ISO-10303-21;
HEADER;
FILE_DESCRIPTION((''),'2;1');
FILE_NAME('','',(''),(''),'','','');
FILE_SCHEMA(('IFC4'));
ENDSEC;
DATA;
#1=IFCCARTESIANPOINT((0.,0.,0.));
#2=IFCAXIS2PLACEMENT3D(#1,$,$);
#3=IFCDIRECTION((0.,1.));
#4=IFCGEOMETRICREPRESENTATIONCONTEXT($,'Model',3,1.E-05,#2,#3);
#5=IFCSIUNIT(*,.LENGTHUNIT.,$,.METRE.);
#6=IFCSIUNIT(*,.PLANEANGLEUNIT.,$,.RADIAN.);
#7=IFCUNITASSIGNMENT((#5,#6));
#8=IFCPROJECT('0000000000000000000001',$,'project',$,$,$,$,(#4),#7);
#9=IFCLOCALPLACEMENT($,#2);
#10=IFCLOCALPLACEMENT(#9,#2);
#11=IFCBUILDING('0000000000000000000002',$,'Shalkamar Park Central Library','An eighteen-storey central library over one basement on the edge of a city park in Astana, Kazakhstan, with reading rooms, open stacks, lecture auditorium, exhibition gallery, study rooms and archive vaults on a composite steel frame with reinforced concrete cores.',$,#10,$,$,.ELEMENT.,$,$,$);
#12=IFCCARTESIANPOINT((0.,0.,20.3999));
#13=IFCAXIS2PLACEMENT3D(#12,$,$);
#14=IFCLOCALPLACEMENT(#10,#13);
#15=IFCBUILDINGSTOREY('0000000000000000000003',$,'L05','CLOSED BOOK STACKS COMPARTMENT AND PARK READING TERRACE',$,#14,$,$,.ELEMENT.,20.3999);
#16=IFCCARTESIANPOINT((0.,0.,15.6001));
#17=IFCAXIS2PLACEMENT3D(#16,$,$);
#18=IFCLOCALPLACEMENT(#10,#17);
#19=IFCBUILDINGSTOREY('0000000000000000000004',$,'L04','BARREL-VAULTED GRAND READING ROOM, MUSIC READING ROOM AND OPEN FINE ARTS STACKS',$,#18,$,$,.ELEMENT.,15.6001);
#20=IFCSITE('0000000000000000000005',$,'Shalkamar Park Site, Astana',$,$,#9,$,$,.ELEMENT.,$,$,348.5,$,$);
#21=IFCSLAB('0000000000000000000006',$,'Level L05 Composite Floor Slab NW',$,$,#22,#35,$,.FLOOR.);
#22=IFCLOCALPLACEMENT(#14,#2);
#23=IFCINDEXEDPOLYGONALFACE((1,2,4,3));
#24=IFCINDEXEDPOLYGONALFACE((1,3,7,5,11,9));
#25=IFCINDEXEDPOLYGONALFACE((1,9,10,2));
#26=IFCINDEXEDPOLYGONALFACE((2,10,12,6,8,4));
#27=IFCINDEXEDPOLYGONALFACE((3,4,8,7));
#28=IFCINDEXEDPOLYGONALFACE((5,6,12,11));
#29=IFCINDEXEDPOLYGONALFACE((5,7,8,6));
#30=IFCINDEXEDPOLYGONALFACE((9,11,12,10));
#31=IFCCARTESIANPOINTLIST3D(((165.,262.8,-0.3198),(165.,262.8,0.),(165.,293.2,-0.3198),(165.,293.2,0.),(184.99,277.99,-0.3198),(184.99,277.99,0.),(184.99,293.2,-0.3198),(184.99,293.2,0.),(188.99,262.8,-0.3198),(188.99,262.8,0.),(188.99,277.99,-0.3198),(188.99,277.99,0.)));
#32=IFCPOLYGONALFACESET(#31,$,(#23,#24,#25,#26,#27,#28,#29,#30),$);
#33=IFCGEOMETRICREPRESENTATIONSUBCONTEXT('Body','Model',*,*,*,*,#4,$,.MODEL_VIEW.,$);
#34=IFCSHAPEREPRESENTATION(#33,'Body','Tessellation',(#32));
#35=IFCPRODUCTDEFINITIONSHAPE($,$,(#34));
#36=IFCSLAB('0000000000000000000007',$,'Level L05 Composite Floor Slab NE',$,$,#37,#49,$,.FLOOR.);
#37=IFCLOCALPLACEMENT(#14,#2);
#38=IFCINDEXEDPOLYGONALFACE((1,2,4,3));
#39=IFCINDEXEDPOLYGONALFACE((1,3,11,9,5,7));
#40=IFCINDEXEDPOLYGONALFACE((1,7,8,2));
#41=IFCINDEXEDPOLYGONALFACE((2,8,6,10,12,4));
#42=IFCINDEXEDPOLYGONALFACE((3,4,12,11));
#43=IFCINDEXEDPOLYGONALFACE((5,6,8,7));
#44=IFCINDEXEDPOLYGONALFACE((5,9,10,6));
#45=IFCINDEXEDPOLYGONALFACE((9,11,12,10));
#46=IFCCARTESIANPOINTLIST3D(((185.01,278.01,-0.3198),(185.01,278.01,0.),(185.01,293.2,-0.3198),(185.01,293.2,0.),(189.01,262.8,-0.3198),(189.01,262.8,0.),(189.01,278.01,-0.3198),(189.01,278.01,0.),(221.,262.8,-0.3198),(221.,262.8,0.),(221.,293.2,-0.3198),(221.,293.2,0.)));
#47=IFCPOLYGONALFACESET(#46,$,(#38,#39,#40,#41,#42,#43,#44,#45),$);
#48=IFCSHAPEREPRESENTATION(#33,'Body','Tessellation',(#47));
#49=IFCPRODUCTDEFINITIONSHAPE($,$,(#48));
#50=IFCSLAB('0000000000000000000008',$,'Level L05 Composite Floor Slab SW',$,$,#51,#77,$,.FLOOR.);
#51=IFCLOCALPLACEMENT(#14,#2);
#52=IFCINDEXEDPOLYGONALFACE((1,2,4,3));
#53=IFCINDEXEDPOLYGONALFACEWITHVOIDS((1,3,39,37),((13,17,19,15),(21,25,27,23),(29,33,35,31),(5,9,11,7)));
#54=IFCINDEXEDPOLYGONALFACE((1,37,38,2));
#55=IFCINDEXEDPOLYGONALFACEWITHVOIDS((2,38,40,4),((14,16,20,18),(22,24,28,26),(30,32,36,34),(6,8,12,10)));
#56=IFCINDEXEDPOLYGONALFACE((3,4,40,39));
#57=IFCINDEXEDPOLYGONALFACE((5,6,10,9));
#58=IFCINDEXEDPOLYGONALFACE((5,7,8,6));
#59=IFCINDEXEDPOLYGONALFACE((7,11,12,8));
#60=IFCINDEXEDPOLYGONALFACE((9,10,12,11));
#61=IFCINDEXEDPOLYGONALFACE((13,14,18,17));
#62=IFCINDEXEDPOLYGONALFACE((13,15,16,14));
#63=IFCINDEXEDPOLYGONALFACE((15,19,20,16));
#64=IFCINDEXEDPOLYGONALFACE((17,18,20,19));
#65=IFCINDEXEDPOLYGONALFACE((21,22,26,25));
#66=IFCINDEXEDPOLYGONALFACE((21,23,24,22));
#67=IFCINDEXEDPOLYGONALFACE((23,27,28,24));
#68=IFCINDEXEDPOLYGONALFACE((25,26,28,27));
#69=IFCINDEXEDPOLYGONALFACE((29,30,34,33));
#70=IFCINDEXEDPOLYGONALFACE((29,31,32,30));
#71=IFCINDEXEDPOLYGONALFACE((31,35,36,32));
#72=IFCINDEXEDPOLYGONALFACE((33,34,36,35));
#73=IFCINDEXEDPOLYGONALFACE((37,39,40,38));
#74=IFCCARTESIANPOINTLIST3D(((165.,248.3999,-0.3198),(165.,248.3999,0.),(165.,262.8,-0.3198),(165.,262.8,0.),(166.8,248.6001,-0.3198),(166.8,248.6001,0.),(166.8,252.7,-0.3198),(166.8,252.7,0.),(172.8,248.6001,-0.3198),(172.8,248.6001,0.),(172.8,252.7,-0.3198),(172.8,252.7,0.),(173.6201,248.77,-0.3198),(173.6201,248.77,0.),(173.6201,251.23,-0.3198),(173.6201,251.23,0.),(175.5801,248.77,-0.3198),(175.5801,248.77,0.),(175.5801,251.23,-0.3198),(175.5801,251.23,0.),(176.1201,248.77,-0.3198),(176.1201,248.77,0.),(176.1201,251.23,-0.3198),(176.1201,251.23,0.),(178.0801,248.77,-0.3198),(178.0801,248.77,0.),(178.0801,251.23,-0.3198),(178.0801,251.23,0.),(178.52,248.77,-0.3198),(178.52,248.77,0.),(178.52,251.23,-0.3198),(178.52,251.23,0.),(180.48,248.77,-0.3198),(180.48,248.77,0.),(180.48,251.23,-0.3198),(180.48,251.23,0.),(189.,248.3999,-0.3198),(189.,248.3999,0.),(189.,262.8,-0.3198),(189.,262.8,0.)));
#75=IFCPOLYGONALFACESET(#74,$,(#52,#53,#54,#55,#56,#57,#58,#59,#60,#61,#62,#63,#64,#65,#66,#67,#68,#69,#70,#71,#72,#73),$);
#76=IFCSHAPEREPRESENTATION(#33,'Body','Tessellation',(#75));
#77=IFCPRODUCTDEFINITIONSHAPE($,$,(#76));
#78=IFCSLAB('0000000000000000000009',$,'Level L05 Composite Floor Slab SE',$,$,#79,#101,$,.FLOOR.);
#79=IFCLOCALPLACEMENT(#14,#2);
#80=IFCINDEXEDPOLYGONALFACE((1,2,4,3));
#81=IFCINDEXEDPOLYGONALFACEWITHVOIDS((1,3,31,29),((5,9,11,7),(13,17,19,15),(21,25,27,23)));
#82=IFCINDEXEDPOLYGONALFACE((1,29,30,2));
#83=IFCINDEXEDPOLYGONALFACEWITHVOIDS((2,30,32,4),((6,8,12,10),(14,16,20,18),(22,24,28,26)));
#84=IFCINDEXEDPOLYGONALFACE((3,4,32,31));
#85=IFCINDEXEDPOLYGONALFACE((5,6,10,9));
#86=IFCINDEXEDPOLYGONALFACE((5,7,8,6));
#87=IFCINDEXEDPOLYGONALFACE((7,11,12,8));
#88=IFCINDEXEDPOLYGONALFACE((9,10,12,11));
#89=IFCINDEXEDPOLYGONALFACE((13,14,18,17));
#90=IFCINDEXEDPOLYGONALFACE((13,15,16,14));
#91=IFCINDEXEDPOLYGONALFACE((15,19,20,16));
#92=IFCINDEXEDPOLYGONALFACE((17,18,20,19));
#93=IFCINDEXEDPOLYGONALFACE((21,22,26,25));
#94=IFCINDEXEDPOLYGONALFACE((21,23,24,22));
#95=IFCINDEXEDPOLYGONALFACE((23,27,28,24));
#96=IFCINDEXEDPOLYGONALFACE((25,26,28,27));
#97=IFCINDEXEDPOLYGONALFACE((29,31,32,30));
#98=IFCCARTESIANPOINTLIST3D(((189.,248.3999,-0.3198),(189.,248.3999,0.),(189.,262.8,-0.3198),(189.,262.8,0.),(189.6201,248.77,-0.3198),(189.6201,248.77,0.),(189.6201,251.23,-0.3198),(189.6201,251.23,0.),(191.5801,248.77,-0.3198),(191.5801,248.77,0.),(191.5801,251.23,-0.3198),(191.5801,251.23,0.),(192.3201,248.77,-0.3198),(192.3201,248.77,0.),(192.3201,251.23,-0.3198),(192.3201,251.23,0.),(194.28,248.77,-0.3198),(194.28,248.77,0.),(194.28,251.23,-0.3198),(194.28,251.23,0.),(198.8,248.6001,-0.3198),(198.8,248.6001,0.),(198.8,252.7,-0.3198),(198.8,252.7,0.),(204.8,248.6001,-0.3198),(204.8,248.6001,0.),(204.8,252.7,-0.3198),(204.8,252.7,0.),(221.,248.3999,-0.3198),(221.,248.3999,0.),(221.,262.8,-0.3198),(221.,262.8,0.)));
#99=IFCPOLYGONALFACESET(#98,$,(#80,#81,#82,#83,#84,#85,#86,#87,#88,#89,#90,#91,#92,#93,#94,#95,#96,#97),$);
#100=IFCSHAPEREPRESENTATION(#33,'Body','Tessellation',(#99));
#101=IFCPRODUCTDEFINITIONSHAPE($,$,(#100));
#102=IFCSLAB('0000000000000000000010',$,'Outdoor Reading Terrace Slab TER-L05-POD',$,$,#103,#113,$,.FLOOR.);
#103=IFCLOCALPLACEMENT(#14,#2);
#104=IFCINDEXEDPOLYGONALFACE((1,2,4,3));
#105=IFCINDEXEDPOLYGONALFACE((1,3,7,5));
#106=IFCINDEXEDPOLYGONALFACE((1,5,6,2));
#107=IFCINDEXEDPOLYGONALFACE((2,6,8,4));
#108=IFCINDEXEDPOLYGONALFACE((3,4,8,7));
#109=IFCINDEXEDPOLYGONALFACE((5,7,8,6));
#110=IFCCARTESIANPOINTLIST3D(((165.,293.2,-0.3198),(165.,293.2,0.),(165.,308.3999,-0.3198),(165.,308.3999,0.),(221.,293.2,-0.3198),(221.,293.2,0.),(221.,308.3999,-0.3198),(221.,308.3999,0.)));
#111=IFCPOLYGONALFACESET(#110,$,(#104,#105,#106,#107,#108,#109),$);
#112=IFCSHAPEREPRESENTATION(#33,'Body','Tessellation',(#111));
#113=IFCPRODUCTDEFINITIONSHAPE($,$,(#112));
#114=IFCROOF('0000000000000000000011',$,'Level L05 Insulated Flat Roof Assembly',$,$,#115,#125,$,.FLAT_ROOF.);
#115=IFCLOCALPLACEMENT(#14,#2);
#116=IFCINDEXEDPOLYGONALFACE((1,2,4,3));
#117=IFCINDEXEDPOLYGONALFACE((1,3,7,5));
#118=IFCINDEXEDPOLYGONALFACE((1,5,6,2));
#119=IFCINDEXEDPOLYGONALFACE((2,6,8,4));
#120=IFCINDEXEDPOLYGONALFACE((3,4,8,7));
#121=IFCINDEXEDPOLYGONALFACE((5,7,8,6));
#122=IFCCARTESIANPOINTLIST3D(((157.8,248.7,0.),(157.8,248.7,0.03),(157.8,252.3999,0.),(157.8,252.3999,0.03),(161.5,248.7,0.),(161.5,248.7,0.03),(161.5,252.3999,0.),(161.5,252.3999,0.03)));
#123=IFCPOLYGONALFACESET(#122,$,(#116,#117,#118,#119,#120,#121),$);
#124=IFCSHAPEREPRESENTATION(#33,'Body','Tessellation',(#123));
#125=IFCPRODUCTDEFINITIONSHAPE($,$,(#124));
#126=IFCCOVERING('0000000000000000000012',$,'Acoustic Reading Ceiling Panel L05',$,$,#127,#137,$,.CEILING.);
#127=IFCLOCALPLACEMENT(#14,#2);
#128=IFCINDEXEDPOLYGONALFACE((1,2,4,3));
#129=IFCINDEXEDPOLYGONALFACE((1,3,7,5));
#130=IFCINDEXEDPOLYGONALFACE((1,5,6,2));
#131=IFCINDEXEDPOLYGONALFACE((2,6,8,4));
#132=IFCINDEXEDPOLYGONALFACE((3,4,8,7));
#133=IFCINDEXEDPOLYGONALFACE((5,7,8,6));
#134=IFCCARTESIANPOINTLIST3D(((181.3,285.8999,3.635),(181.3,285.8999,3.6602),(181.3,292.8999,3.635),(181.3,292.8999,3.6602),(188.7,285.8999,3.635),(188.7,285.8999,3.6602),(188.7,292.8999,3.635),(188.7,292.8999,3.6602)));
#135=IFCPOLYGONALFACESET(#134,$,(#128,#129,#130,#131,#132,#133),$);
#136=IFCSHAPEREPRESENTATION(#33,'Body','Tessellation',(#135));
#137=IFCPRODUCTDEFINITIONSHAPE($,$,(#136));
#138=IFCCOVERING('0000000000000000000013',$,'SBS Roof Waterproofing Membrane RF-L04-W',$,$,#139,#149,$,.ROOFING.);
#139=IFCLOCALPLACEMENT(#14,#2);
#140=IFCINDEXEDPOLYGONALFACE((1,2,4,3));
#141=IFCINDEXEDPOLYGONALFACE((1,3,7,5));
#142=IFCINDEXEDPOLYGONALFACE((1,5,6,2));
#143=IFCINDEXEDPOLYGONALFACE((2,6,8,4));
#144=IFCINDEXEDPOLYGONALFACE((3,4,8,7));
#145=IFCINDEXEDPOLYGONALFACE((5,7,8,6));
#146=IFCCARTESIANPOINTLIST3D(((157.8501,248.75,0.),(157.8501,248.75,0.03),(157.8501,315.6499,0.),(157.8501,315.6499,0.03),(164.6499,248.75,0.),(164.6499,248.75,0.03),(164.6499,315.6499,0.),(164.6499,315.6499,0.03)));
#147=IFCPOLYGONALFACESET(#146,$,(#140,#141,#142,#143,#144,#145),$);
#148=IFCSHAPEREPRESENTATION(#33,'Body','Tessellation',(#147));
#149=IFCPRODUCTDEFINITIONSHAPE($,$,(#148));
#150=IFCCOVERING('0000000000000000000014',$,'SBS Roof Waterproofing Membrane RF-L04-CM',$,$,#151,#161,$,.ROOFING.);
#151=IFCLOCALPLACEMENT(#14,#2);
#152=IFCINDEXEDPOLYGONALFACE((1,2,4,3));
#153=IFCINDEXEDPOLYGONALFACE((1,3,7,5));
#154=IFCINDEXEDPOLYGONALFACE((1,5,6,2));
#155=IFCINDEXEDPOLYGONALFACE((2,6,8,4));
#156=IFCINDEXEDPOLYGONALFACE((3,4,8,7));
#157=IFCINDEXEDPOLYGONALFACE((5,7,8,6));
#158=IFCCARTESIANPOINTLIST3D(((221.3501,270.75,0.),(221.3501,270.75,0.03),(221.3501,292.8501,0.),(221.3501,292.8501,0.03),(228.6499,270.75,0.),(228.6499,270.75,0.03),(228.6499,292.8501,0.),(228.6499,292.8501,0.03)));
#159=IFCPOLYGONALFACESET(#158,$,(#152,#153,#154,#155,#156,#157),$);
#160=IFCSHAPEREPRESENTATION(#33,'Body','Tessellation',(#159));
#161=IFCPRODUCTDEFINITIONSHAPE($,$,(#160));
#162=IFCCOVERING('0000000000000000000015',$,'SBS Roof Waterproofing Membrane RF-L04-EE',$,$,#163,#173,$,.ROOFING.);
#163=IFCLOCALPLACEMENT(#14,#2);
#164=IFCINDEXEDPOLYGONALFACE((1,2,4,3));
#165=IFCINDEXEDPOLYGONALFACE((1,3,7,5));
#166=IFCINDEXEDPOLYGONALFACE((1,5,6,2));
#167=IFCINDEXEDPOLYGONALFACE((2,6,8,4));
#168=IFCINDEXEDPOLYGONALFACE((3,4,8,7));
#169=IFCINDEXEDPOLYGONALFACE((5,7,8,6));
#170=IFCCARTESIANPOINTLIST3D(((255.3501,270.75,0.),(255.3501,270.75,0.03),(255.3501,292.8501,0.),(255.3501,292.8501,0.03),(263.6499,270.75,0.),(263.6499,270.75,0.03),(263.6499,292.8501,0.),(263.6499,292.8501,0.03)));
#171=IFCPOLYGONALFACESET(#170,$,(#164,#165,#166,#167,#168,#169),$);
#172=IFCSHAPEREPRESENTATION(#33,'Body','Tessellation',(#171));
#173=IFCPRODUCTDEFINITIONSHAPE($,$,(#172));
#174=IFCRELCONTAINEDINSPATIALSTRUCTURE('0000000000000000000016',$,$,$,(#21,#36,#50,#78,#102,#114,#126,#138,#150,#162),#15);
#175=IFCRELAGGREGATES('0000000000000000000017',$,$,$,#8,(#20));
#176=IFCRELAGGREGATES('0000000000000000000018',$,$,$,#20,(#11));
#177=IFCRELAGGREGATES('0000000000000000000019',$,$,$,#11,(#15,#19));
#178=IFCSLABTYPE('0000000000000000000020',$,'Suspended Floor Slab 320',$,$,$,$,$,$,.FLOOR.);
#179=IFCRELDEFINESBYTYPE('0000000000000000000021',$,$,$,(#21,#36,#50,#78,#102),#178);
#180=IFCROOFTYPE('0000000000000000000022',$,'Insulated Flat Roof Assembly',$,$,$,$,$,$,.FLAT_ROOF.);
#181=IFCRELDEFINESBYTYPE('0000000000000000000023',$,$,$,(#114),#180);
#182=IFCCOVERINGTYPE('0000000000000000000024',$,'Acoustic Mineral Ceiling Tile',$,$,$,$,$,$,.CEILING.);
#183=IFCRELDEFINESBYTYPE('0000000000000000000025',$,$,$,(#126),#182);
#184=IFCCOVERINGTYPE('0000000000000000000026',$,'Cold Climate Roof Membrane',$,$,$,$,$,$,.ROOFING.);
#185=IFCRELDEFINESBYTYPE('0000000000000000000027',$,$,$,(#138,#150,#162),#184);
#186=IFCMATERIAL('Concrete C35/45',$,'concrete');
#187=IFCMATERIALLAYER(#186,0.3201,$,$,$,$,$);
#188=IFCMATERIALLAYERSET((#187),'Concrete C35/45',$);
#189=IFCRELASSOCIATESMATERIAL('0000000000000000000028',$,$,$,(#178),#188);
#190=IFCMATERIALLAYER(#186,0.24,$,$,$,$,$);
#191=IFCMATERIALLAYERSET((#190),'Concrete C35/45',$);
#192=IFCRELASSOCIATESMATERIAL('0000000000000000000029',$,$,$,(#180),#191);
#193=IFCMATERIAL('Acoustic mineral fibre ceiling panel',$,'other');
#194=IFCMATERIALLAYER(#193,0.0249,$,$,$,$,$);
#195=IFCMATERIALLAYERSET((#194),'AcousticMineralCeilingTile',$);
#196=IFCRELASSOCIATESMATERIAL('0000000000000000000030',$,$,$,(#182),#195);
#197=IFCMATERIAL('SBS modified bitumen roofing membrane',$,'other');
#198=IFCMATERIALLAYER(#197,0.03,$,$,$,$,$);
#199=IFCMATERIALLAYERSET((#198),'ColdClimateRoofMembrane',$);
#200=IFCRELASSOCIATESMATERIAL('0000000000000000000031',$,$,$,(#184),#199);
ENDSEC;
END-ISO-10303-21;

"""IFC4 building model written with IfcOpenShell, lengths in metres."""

from ifc_helpers import new_model, si_unit, direction, frame, origin, place, context, subcontext, project, spatial, polyline, outline, extrude, material, layer, layer_set, type_object, element, save


model = new_model("IFC4")

# Units and contexts
model_context = context("Model", 3, precision=1e-05, world=origin(), true_north=direction((0.0, 1.0)))
body_context = subcontext(model_context, "Body", "Model", "MODEL_VIEW")
ifc_project = project(units=[si_unit("LENGTHUNIT", "METRE"), si_unit("PLANEANGLEUNIT", "RADIAN")], contexts=[model_context])

# Site, building, storey
site_placement = place(None, origin())
site = spatial("IfcSite", under=ifc_project, at=site_placement, Name="Shalkamar Park Site, Astana", CompositionType="ELEMENT", RefElevation=348.5)
building_placement = place(site_placement, origin())
building = spatial("IfcBuilding", under=site, at=building_placement, Name="Shalkamar Park Central Library", Description="An eighteen-storey central library over one basement on the edge of a city park in Astana, Kazakhstan, with reading rooms, open stacks, lecture auditorium, exhibition gallery, study rooms and archive vaults on a composite steel frame with reinforced concrete cores.", CompositionType="ELEMENT")
storey_1_placement = place(building_placement, frame((0.0, 0.0, 20.3999)))
storey_1 = spatial("IfcBuildingStorey", under=building, at=storey_1_placement, Name="L05", Description="CLOSED BOOK STACKS COMPARTMENT AND PARK READING TERRACE", CompositionType="ELEMENT", Elevation=20.3999)

# Shared definitions
ifc_material_1 = material(Name="Concrete C35/45", Category="concrete")

# Shared definitions
storey_2_placement = place(building_placement, frame((0.0, 0.0, 15.6001)))
storey_2 = spatial("IfcBuildingStorey", under=building, at=storey_2_placement, Name="L04", Description="BARREL-VAULTED GRAND READING ROOM, MUSIC READING ROOM AND OPEN FINE ARTS STACKS", CompositionType="ELEMENT", Elevation=15.6001)

# Slabs
ifc_layer_1 = layer(ifc_material_1, 0.3201)
ifc_layer_set_1 = layer_set([ifc_layer_1], Name="Concrete C35/45")
slab_type_1 = type_object("IfcSlabType", Name="Suspended Floor Slab 320", PredefinedType="FLOOR", material=ifc_layer_set_1)
slab_1_placement = place(storey_1_placement, frame((0.0, 0.0, -0.3198)))
element("IfcSlab", 1, at=slab_1_placement, inside=storey_1, type_object=slab_type_1, Name="Level L05 Composite Floor Slab NW", PredefinedType="FLOOR", context=body_context, shape_type="SweptSolid", body=[
    extrude(outline(polyline([(165.0, 262.8), (188.99, 262.8), (188.99, 277.99), (184.99, 277.99), (184.99, 293.2), (165.0, 293.2), (165.0, 262.8)])), origin(), (0.0, 0.0, 1.0), 0.3198),
])
slab_2_placement = place(storey_1_placement, frame((0.0, 0.0, -0.3198)))
element("IfcSlab", 2, at=slab_2_placement, inside=storey_1, type_object=slab_type_1, Name="Level L05 Composite Floor Slab NE", PredefinedType="FLOOR", context=body_context, shape_type="SweptSolid", body=[
    extrude(outline(polyline([(189.01, 262.8), (221.0, 262.8), (221.0, 293.2), (185.01, 293.2), (185.01, 278.01), (189.01, 278.01), (189.01, 262.8)])), origin(), (0.0, 0.0, 1.0), 0.3198),
])
slab_3_placement = place(storey_1_placement, frame((0.0, 0.0, -0.3198)))
element("IfcSlab", 3, at=slab_3_placement, inside=storey_1, type_object=slab_type_1, Name="Level L05 Composite Floor Slab SW", PredefinedType="FLOOR", context=body_context, shape_type="SweptSolid", body=[
    extrude(outline(polyline([(165.0, 248.3999), (165.0, 262.8), (189.0, 262.8), (189.0, 248.3999), (165.0, 248.3999)]), holes=[polyline([(173.6201, 248.77), (175.5801, 248.77), (175.5801, 251.23), (173.6201, 251.23), (173.6201, 248.77)]), polyline([(176.1201, 251.23), (176.1201, 248.77), (178.0801, 248.77), (178.0801, 251.23), (176.1201, 251.23)]), polyline([(178.52, 251.23), (178.52, 248.77), (180.48, 248.77), (180.48, 251.23), (178.52, 251.23)]), polyline([(166.8, 252.7), (166.8, 248.6001), (172.8, 248.6001), (172.8, 252.7), (166.8, 252.7)])]), origin(), (0.0, 0.0, 1.0), 0.3198),
])
slab_4_placement = place(storey_1_placement, frame((0.0, 0.0, -0.3198)))
element("IfcSlab", 4, at=slab_4_placement, inside=storey_1, type_object=slab_type_1, Name="Level L05 Composite Floor Slab SE", PredefinedType="FLOOR", context=body_context, shape_type="SweptSolid", body=[
    extrude(outline(polyline([(189.0, 248.3999), (189.0, 262.8), (221.0, 262.8), (221.0, 248.3999), (189.0, 248.3999)]), holes=[polyline([(189.6201, 251.23), (189.6201, 248.77), (191.5801, 248.77), (191.5801, 251.23), (189.6201, 251.23)]), polyline([(192.3201, 251.23), (192.3201, 248.77), (194.28, 248.77), (194.28, 251.23), (192.3201, 251.23)]), polyline([(198.8, 252.7), (198.8, 248.6001), (204.8, 248.6001), (204.8, 252.7), (198.8, 252.7)])]), origin(), (0.0, 0.0, 1.0), 0.3198),
])
slab_5_placement = place(storey_1_placement, frame((0.0, 0.0, -0.3198)))
element("IfcSlab", 5, at=slab_5_placement, inside=storey_1, type_object=slab_type_1, Name="Outdoor Reading Terrace Slab TER-L05-POD", PredefinedType="FLOOR", context=body_context, shape_type="SweptSolid", body=[
    extrude(outline(polyline([(165.0, 293.2), (221.0, 293.2), (221.0, 308.3999), (165.0, 308.3999), (165.0, 293.2)])), origin(), (0.0, 0.0, 1.0), 0.3198),
])

# Roof
ifc_layer_2 = layer(ifc_material_1, 0.24)
ifc_layer_set_2 = layer_set([ifc_layer_2], Name="Concrete C35/45")
roof_type = type_object("IfcRoofType", Name="Insulated Flat Roof Assembly", PredefinedType="FLAT_ROOF", material=ifc_layer_set_2)
roof_placement = place(storey_1_placement, origin())
element("IfcRoof", 6, at=roof_placement, inside=storey_1, type_object=roof_type, Name="Level L05 Insulated Flat Roof Assembly", PredefinedType="FLAT_ROOF", context=body_context, shape_type="SweptSolid", body=[
    extrude(outline(polyline([(157.8, 248.7), (161.5, 248.7), (161.5, 252.3999), (157.8, 252.3999), (157.8, 248.7)])), origin(), (0.0, 0.0, 1.0), 0.03),
])

# Coverings
ifc_material_2 = material(Name="Acoustic mineral fibre ceiling panel", Category="other")
ifc_layer_3 = layer(ifc_material_2, 0.0249)
ifc_layer_set_3 = layer_set([ifc_layer_3], Name="AcousticMineralCeilingTile")
covering_type_1 = type_object("IfcCoveringType", Name="Acoustic Mineral Ceiling Tile", PredefinedType="CEILING", material=ifc_layer_set_3)
covering_1_placement = place(storey_1_placement, frame((0.0, 0.0, 3.635)))
element("IfcCovering", 7, at=covering_1_placement, inside=storey_1, type_object=covering_type_1, Name="Acoustic Reading Ceiling Panel L05", PredefinedType="CEILING", context=body_context, shape_type="SweptSolid", body=[
    extrude(outline(polyline([(181.3, 285.8999), (188.7, 285.8999), (188.7, 292.8999), (181.3, 292.8999), (181.3, 285.8999)])), origin(), (0.0, 0.0, 1.0), 0.0251),
])
ifc_material_3 = material(Name="SBS modified bitumen roofing membrane", Category="other")
ifc_layer_4 = layer(ifc_material_3, 0.03)
ifc_layer_set_4 = layer_set([ifc_layer_4], Name="ColdClimateRoofMembrane")
covering_type_2 = type_object("IfcCoveringType", Name="Cold Climate Roof Membrane", PredefinedType="ROOFING", material=ifc_layer_set_4)
covering_2_placement = place(storey_1_placement, origin())
element("IfcCovering", 8, at=covering_2_placement, inside=storey_1, type_object=covering_type_2, Name="SBS Roof Waterproofing Membrane RF-L04-W", PredefinedType="ROOFING", context=body_context, shape_type="SweptSolid", body=[
    extrude(outline(polyline([(157.8501, 248.75), (164.6499, 248.75), (164.6499, 315.6499), (157.8501, 315.6499), (157.8501, 248.75)])), origin(), (0.0, 0.0, 1.0), 0.03),
])
covering_3_placement = place(storey_1_placement, origin())
element("IfcCovering", 9, at=covering_3_placement, inside=storey_1, type_object=covering_type_2, Name="SBS Roof Waterproofing Membrane RF-L04-CM", PredefinedType="ROOFING", context=body_context, shape_type="SweptSolid", body=[
    extrude(outline(polyline([(221.3501, 270.75), (228.6499, 270.75), (228.6499, 292.8501), (221.3501, 292.8501), (221.3501, 270.75)])), origin(), (0.0, 0.0, 1.0), 0.03),
])
covering_4_placement = place(storey_1_placement, origin())
element("IfcCovering", 10, at=covering_4_placement, inside=storey_1, type_object=covering_type_2, Name="SBS Roof Waterproofing Membrane RF-L04-EE", PredefinedType="ROOFING", context=body_context, shape_type="SweptSolid", body=[
    extrude(outline(polyline([(255.3501, 270.75), (263.6499, 270.75), (263.6499, 292.8501), (255.3501, 292.8501), (255.3501, 270.75)])), origin(), (0.0, 0.0, 1.0), 0.03),
])

save(model, "model.ifc")
